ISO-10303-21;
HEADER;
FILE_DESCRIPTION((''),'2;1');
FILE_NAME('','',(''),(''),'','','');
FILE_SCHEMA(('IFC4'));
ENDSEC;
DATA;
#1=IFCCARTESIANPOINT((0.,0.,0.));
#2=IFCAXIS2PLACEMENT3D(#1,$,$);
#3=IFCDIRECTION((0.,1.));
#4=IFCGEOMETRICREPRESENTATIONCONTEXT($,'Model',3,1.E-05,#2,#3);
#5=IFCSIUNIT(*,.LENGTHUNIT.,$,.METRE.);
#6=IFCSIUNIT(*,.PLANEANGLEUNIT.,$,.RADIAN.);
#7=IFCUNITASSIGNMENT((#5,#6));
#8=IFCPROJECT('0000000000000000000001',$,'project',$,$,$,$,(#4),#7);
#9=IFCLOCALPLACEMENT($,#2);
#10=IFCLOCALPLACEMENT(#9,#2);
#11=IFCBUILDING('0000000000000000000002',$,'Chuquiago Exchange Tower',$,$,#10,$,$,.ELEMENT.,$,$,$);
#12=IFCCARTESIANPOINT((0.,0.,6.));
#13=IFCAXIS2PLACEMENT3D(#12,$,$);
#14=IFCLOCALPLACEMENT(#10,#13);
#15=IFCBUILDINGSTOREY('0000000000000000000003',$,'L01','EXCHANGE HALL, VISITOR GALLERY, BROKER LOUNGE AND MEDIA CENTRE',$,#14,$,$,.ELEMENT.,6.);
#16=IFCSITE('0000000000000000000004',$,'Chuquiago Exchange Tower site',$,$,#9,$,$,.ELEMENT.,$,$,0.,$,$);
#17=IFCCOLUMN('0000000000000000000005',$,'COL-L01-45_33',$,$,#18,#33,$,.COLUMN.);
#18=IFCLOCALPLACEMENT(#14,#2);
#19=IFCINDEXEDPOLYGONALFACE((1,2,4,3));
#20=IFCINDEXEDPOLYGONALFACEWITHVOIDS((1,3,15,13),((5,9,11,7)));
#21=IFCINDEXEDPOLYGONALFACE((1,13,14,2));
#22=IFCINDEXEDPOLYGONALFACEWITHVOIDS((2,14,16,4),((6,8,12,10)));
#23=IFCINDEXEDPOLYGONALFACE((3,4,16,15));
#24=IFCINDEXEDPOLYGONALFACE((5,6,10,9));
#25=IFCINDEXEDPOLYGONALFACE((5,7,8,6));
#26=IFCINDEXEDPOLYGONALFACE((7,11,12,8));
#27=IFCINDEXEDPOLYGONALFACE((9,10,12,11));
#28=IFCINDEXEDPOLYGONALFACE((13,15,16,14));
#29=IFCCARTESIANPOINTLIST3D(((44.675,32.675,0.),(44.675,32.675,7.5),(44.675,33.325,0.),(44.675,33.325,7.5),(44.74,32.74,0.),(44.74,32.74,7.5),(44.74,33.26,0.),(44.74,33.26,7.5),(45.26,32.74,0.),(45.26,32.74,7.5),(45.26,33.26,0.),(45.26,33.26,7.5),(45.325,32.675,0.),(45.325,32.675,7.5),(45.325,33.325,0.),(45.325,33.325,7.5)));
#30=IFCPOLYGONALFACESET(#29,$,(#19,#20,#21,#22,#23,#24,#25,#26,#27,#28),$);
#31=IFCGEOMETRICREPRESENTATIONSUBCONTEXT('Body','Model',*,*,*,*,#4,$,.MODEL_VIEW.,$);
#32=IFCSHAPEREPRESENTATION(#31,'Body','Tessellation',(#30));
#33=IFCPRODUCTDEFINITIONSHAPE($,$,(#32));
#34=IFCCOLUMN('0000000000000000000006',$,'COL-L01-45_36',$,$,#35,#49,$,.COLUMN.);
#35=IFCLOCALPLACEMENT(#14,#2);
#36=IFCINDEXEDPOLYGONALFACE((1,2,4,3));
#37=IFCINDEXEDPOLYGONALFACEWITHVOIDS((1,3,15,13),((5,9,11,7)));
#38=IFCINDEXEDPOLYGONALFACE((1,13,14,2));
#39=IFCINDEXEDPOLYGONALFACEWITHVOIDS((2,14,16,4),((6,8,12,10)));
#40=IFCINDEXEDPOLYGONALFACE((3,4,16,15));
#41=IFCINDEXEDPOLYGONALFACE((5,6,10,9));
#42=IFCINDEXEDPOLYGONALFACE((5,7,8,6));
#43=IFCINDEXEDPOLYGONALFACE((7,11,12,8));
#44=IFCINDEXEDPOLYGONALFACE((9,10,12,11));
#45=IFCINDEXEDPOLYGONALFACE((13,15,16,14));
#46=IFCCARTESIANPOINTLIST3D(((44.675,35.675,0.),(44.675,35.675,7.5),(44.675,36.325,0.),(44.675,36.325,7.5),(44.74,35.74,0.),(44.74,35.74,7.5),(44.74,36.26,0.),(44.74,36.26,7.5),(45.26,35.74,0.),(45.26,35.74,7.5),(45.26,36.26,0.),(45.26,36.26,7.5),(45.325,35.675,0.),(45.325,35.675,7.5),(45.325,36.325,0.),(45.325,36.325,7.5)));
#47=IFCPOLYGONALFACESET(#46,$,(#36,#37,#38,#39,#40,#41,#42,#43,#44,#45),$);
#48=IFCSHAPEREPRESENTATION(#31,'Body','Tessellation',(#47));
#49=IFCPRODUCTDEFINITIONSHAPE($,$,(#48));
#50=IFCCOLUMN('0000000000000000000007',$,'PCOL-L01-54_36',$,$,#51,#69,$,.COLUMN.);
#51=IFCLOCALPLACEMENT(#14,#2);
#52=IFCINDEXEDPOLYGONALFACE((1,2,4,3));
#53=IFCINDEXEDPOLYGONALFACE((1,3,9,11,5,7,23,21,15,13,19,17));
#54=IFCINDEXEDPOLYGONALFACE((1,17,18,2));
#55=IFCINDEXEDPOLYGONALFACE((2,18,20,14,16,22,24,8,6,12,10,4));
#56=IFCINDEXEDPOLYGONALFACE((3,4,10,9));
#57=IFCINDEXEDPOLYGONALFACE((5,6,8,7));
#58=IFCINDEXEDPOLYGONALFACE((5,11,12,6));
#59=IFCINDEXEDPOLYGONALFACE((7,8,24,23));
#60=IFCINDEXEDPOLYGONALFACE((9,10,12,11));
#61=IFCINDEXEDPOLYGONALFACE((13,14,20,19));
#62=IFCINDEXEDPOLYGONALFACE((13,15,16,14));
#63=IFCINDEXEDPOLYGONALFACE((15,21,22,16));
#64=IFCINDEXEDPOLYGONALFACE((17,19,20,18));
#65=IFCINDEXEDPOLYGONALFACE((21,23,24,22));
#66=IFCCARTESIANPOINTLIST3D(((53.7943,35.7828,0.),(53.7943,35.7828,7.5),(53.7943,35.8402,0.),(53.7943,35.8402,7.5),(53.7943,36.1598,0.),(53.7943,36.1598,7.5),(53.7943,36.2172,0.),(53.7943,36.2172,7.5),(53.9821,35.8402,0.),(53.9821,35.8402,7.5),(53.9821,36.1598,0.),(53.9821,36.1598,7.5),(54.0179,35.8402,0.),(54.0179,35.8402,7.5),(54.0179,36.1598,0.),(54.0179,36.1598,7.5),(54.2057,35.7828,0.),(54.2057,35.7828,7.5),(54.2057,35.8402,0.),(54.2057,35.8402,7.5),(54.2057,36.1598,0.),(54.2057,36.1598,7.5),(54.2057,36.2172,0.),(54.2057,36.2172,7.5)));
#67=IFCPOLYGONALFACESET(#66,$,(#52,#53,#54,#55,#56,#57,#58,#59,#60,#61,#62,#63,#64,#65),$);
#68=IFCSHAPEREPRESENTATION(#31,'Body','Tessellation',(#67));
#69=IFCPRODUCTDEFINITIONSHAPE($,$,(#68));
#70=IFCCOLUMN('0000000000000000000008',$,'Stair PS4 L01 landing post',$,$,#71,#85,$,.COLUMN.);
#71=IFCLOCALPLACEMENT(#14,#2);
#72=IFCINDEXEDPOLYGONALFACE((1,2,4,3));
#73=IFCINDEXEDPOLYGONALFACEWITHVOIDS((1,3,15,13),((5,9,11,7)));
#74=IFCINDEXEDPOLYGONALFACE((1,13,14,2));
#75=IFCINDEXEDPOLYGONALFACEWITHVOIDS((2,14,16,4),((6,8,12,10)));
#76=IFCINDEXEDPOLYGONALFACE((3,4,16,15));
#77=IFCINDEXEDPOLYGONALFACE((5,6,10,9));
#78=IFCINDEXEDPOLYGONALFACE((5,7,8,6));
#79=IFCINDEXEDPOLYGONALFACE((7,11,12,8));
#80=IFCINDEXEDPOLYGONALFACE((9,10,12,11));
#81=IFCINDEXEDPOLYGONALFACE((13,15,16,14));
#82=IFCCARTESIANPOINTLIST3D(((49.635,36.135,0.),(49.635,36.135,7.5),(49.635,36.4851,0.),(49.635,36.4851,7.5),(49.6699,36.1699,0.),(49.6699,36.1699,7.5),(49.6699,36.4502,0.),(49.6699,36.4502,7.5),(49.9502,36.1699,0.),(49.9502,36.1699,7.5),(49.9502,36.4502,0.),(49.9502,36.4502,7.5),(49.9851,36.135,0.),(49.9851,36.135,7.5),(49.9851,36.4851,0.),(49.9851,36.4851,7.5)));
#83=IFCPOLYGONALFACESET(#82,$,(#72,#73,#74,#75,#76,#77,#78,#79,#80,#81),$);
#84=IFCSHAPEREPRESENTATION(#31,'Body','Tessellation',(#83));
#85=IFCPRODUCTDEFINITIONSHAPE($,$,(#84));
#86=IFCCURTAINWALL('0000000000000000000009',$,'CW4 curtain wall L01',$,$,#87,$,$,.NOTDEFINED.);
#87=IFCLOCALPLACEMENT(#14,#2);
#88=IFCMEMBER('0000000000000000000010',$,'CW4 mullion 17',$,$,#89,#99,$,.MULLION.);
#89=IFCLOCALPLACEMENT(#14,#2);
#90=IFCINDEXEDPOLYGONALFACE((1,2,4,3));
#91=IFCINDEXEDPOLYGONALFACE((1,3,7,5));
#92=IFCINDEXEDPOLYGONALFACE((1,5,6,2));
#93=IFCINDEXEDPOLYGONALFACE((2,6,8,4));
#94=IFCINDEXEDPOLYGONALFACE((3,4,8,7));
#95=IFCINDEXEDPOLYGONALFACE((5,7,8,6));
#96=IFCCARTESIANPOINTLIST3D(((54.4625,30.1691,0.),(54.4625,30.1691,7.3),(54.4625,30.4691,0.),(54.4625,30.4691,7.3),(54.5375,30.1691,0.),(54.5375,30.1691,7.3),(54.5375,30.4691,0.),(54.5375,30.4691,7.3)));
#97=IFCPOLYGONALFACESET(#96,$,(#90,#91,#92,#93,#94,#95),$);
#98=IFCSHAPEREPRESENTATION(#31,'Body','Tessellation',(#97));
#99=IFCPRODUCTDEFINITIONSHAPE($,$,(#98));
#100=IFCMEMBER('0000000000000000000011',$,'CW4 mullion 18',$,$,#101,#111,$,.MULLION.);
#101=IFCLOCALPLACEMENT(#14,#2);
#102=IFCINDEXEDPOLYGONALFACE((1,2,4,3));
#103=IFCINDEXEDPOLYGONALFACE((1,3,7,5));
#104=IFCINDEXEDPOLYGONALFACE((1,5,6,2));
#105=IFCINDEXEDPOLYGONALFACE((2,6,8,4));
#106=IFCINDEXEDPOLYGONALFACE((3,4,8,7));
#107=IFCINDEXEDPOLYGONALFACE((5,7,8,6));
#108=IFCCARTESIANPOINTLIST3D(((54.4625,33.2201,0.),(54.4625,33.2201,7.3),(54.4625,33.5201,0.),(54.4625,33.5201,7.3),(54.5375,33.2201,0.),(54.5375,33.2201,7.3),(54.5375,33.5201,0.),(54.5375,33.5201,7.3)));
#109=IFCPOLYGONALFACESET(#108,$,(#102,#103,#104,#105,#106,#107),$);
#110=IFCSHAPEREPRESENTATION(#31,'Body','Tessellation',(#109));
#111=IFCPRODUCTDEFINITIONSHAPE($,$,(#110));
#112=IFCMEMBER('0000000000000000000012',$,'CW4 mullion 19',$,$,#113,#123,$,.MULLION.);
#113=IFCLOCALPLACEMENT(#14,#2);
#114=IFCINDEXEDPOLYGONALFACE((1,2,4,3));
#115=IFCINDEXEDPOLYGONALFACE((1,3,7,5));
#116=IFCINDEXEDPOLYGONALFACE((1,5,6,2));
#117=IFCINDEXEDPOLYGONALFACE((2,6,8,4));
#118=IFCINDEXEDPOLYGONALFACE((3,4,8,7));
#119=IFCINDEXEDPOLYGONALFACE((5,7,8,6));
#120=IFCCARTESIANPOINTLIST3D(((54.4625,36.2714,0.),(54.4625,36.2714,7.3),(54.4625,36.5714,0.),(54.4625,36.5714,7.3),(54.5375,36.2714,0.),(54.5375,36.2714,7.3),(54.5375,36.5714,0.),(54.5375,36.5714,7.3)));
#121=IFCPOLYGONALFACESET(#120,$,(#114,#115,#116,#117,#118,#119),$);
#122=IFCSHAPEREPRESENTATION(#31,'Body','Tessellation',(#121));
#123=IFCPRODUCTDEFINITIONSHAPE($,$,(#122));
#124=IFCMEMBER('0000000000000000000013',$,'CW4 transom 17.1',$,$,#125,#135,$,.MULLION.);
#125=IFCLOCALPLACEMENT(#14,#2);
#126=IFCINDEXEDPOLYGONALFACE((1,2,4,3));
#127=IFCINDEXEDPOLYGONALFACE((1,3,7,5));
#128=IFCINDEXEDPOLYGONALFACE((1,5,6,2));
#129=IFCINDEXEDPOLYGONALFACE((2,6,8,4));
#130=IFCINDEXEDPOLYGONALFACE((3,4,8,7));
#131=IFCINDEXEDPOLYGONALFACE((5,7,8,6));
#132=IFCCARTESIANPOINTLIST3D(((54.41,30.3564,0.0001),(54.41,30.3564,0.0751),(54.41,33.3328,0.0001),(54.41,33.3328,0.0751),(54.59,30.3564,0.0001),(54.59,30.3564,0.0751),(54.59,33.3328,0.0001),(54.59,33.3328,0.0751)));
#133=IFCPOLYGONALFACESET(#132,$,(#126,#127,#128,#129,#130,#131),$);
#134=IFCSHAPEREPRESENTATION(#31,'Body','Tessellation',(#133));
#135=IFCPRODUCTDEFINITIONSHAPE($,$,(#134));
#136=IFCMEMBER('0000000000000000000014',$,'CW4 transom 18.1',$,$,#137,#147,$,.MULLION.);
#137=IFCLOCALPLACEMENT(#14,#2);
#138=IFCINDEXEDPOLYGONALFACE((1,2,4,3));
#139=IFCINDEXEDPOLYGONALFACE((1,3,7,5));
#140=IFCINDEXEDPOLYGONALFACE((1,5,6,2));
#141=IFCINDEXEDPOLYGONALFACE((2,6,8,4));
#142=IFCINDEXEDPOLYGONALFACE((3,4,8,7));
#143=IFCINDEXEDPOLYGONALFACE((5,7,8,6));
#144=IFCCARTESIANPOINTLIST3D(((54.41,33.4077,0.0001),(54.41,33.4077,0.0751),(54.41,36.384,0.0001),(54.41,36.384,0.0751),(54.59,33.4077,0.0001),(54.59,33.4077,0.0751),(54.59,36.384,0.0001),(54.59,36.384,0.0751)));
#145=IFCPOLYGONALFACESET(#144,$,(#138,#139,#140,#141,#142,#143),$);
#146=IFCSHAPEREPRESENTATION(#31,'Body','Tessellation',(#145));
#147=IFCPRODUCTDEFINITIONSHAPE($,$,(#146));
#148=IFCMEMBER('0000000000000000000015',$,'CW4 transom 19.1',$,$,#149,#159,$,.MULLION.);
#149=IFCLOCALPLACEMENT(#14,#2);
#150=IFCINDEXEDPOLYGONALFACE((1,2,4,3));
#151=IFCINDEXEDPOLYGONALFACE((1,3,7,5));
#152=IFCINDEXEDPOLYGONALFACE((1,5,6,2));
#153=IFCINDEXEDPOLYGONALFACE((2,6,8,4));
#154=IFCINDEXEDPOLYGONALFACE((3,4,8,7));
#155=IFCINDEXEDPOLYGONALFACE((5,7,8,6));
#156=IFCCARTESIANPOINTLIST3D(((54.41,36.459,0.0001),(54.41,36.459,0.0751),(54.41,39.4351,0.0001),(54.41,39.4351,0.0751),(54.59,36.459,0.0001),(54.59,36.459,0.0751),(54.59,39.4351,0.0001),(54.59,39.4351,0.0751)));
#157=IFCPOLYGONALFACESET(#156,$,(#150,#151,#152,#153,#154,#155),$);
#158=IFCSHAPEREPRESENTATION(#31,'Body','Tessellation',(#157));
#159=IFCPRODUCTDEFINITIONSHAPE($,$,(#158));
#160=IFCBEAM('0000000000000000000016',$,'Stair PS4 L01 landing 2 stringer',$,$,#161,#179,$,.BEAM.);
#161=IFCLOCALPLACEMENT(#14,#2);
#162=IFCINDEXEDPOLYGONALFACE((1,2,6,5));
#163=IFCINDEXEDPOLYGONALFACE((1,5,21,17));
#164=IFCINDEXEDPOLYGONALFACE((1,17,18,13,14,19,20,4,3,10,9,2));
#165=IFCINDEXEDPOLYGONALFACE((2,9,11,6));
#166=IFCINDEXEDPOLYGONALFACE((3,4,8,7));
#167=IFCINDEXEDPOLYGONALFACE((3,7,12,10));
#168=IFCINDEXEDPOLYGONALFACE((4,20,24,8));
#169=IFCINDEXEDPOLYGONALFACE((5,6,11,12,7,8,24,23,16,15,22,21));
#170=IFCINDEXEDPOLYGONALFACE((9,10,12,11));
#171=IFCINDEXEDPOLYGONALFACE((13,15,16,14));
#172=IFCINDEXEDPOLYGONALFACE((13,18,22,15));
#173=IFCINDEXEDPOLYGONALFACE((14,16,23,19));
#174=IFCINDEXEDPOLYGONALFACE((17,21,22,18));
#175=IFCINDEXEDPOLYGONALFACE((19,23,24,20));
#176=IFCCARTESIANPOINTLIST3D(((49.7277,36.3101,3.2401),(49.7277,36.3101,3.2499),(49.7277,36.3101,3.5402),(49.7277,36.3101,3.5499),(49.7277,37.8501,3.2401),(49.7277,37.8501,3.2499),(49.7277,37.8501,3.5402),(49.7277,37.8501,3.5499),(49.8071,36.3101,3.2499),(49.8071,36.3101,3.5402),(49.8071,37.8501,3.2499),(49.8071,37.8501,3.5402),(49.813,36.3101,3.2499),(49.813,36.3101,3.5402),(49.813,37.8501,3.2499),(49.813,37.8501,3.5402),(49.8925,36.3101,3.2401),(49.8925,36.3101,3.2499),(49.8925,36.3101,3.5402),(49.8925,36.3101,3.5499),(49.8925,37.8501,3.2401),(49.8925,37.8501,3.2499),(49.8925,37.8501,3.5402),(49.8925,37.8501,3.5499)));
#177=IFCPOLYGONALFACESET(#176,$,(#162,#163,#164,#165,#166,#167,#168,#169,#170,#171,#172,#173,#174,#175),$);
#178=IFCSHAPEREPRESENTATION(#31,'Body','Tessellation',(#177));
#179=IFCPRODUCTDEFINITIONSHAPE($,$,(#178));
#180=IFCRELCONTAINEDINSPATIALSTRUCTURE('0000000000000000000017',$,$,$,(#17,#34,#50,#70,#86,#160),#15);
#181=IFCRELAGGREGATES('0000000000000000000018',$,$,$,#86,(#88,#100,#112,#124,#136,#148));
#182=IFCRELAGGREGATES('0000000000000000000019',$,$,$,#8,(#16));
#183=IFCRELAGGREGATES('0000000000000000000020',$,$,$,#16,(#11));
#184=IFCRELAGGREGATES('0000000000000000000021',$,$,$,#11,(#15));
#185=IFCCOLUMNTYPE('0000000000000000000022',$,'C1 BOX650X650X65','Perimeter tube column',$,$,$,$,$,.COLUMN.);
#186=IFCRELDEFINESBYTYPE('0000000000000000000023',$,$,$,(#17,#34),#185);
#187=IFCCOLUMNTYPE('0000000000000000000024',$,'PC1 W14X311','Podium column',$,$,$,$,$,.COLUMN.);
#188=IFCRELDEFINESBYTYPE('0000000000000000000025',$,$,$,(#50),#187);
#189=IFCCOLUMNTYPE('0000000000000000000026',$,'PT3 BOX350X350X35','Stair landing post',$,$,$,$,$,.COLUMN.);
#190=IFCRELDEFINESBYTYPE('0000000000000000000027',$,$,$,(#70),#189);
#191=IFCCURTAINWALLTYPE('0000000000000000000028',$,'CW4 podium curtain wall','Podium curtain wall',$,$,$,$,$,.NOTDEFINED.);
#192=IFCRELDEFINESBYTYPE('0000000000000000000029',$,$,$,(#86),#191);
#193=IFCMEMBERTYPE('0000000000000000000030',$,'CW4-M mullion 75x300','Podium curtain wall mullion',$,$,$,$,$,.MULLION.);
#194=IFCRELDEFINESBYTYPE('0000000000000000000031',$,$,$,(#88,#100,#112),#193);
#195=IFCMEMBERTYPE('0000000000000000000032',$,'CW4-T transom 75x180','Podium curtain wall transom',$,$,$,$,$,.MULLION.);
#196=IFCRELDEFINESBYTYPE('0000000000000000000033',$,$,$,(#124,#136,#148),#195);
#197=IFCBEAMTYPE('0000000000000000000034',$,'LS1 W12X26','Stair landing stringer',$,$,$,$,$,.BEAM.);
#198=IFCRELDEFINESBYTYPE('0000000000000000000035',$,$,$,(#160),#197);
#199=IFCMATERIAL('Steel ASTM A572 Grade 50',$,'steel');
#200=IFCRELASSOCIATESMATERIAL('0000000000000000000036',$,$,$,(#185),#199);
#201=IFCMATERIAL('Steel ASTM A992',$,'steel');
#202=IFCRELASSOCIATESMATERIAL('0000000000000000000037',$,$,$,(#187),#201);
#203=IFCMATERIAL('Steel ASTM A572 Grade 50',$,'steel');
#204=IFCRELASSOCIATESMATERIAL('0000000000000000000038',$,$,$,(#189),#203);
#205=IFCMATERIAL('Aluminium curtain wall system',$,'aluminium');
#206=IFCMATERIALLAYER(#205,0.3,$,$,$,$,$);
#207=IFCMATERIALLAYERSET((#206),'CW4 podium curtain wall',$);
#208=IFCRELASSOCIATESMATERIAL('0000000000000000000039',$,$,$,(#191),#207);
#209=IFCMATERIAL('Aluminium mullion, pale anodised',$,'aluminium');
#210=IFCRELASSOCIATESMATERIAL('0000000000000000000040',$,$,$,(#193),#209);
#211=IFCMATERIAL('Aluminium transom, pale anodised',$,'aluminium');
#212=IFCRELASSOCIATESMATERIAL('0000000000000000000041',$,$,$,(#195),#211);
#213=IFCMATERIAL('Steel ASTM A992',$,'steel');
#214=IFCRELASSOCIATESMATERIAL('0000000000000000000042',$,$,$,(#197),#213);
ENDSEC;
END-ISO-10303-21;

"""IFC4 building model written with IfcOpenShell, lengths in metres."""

from ifc_helpers import new_model, si_unit, direction, frame, origin, origin_2d, place, context, subcontext, project, spatial, rectangle, hollow_rectangle, i_section, extrude, material, layer, layer_set, material_profile, profile_set, type_object, element, aggregate, save


model = new_model("IFC4")

# Units and contexts
model_context = context("Model", 3, precision=1e-05, world=origin(), true_north=direction((0.0, 1.0)))
body_context = subcontext(model_context, "Body", "Model", "MODEL_VIEW")
ifc_project = project(units=[si_unit("LENGTHUNIT", "METRE"), si_unit("PLANEANGLEUNIT", "RADIAN")], contexts=[model_context])

# Site, building, storey
site_placement = place(None, origin())
site = spatial("IfcSite", under=ifc_project, at=site_placement, Name="Chuquiago Exchange Tower site", CompositionType="ELEMENT", RefElevation=0.0)
building_placement = place(site_placement, origin())
building = spatial("IfcBuilding", under=site, at=building_placement, Name="Chuquiago Exchange Tower", CompositionType="ELEMENT")
storey_placement = place(building_placement, frame((0.0, 0.0, 6.0)))
storey = spatial("IfcBuildingStorey", under=building, at=storey_placement, Name="L01", Description="EXCHANGE HALL, VISITOR GALLERY, BROKER LOUNGE AND MEDIA CENTRE", CompositionType="ELEMENT", Elevation=6.0)

# Columns
ifc_material_1 = material(Name="Steel ASTM A572 Grade 50", Category="steel")
ifc_material_profile_1 = material_profile(ifc_material_1, hollow_rectangle(XDim=0.6499, YDim=0.6499, WallThickness=0.0649, at=origin_2d()), Name="BOX650X650X65")
ifc_profile_set_1 = profile_set([ifc_material_profile_1], Name="Steel ASTM A572 Grade 50")
column_type_1 = type_object("IfcColumnType", Name="C1 BOX650X650X65", Description="Perimeter tube column", PredefinedType="COLUMN", material=ifc_profile_set_1)
for number, where, z_axis, x_axis, name in (
    (1, (45.0, 33.0, 0.0), (0.0, 0.0, 1.0), (1.0, 0.0, 0.0), "COL-L01-45_33"),
    (2, (45.0, 36.0, 0.0), (0.0, 0.0, 1.0), (1.0, 0.0, 0.0), "COL-L01-45_36"),
):
    element("IfcColumn", number, at=place(storey_placement, frame(where, z_axis=z_axis, x_axis=x_axis)), inside=storey, type_object=column_type_1, Name=name, PredefinedType="COLUMN", context=body_context, shape_type="SweptSolid", body=[
        extrude(hollow_rectangle(XDim=0.6499, YDim=0.6499, WallThickness=0.0649, at=origin_2d()), origin(), (0.0, 0.0, 1.0), 7.5),
    ])
ifc_material_2 = material(Name="Steel ASTM A992", Category="steel")
ifc_material_profile_2 = material_profile(ifc_material_2, i_section(OverallWidth=0.4114, OverallDepth=0.4343, WebThickness=0.0359, FlangeThickness=0.0574, at=origin_2d()), Name="W14X311")
ifc_profile_set_2 = profile_set([ifc_material_profile_2], Name="Steel ASTM A992")
column_type_2 = type_object("IfcColumnType", Name="PC1 W14X311", Description="Podium column", PredefinedType="COLUMN", material=ifc_profile_set_2)
column_1_placement = place(storey_placement, frame((54.0, 36.0, 0.0), z_axis=(0.0, 0.0, 1.0), x_axis=(1.0, 0.0, 0.0)))
element("IfcColumn", 3, at=column_1_placement, inside=storey, type_object=column_type_2, Name="PCOL-L01-54_36", PredefinedType="COLUMN", context=body_context, shape_type="SweptSolid", body=[
    extrude(i_section(OverallWidth=0.4114, OverallDepth=0.4343, WebThickness=0.0359, FlangeThickness=0.0574, at=origin_2d()), origin(), (0.0, 0.0, 1.0), 7.5),
])
ifc_material_3 = material(Name="Steel ASTM A572 Grade 50", Category="steel")
ifc_material_profile_3 = material_profile(ifc_material_3, hollow_rectangle(XDim=0.3501, YDim=0.3501, WallThickness=0.0349, at=origin_2d()), Name="BOX350X350X35")
ifc_profile_set_3 = profile_set([ifc_material_profile_3], Name="Steel ASTM A572 Grade 50")
column_type_3 = type_object("IfcColumnType", Name="PT3 BOX350X350X35", Description="Stair landing post", PredefinedType="COLUMN", material=ifc_profile_set_3)
column_2_placement = place(storey_placement, frame((49.8101, 36.3101, 0.0), z_axis=(0.0, 0.0, 1.0), x_axis=(1.0, 0.0, 0.0)))
element("IfcColumn", 4, at=column_2_placement, inside=storey, type_object=column_type_3, Name="Stair PS4 L01 landing post", PredefinedType="COLUMN", context=body_context, shape_type="SweptSolid", body=[
    extrude(hollow_rectangle(XDim=0.3501, YDim=0.3501, WallThickness=0.0349, at=origin_2d()), origin(), (0.0, 0.0, 1.0), 7.5),
])

# Curtain wall, members
ifc_material_4 = material(Name="Aluminium curtain wall system", Category="aluminium")
ifc_layer_1 = layer(ifc_material_4, 0.3)
ifc_layer_set_1 = layer_set([ifc_layer_1], Name="CW4 podium curtain wall")
curtain_wall_type = type_object("IfcCurtainWallType", Name="CW4 podium curtain wall", Description="Podium curtain wall", PredefinedType="NOTDEFINED", material=ifc_layer_set_1)
curtain_wall_placement = place(storey_placement, origin())
curtain_wall = element("IfcCurtainWall", 5, at=curtain_wall_placement, inside=storey, type_object=curtain_wall_type, Name="CW4 curtain wall L01", PredefinedType="NOTDEFINED")
ifc_material_5 = material(Name="Aluminium mullion, pale anodised", Category="aluminium")
ifc_material_profile_4 = material_profile(ifc_material_5, rectangle(XDim=0.075, YDim=0.3, at=origin_2d()), Name="AL 75x300")
ifc_profile_set_4 = profile_set([ifc_material_profile_4], Name="Aluminium mullion, pale anodised")
member_type_1 = type_object("IfcMemberType", Name="CW4-M mullion 75x300", Description="Podium curtain wall mullion", PredefinedType="MULLION", material=ifc_profile_set_4)
member_1_placement = place(storey_placement, frame((54.5, 30.3191, 0.0), z_axis=(0.0, 0.0, 1.0), x_axis=(-1.0, 0.0, 0.0)))
member_1 = element("IfcMember", 6, at=member_1_placement, type_object=member_type_1, Name="CW4 mullion 17", PredefinedType="MULLION", context=body_context, shape_type="SweptSolid", body=[
    extrude(rectangle(XDim=0.075, YDim=0.3, at=origin_2d()), origin(), (0.0, 0.0, 1.0), 7.3),
])
member_2_placement = place(storey_placement, frame((54.5, 33.3701, 0.0), z_axis=(0.0, 0.0, 1.0), x_axis=(-1.0, 0.0, 0.0)))
member_2 = element("IfcMember", 7, at=member_2_placement, type_object=member_type_1, Name="CW4 mullion 18", PredefinedType="MULLION", context=body_context, shape_type="SweptSolid", body=[
    extrude(rectangle(XDim=0.075, YDim=0.3, at=origin_2d()), origin(), (0.0, 0.0, 1.0), 7.3),
])
member_3_placement = place(storey_placement, frame((54.5, 36.4214, 0.0), z_axis=(0.0, 0.0, 1.0), x_axis=(-1.0, 0.0, 0.0)))
member_3 = element("IfcMember", 8, at=member_3_placement, type_object=member_type_1, Name="CW4 mullion 19", PredefinedType="MULLION", context=body_context, shape_type="SweptSolid", body=[
    extrude(rectangle(XDim=0.075, YDim=0.3, at=origin_2d()), origin(), (0.0, 0.0, 1.0), 7.3),
])
ifc_material_6 = material(Name="Aluminium transom, pale anodised", Category="aluminium")
ifc_material_profile_5 = material_profile(ifc_material_6, rectangle(XDim=0.1799, YDim=0.075, at=origin_2d()), Name="AL 180x75")
ifc_profile_set_5 = profile_set([ifc_material_profile_5], Name="Aluminium transom, pale anodised")
member_type_2 = type_object("IfcMemberType", Name="CW4-T transom 75x180", Description="Podium curtain wall transom", PredefinedType="MULLION", material=ifc_profile_set_5)
member_4_placement = place(storey_placement, frame((54.5, 30.3564, 0.0376), z_axis=(0.0, 1.0, 0.0), x_axis=(-1.0, 0.0, 0.0)))
member_4 = element("IfcMember", 9, at=member_4_placement, type_object=member_type_2, Name="CW4 transom 17.1", PredefinedType="MULLION", context=body_context, shape_type="SweptSolid", body=[
    extrude(rectangle(XDim=0.1799, YDim=0.075, at=origin_2d()), origin(), (0.0, 0.0, 1.0), 2.9763),
])
member_5_placement = place(storey_placement, frame((54.5, 33.4077, 0.0376), z_axis=(0.0, 1.0, 0.0), x_axis=(-1.0, 0.0, 0.0)))
member_5 = element("IfcMember", 10, at=member_5_placement, type_object=member_type_2, Name="CW4 transom 18.1", PredefinedType="MULLION", context=body_context, shape_type="SweptSolid", body=[
    extrude(rectangle(XDim=0.1799, YDim=0.075, at=origin_2d()), origin(), (0.0, 0.0, 1.0), 2.9763),
])
member_6_placement = place(storey_placement, frame((54.5, 36.459, 0.0376), z_axis=(0.0, 1.0, 0.0), x_axis=(-1.0, 0.0, 0.0)))
member_6 = element("IfcMember", 11, at=member_6_placement, type_object=member_type_2, Name="CW4 transom 19.1", PredefinedType="MULLION", context=body_context, shape_type="SweptSolid", body=[
    extrude(rectangle(XDim=0.1799, YDim=0.075, at=origin_2d()), origin(), (0.0, 0.0, 1.0), 2.9761),
])

# Beam
ifc_material_7 = material(Name="Steel ASTM A992", Category="steel")
ifc_material_profile_6 = material_profile(ifc_material_7, i_section(OverallWidth=0.1648, OverallDepth=0.3098, WebThickness=0.0059, FlangeThickness=0.0098, at=origin_2d()), Name="W12X26")
ifc_profile_set_6 = profile_set([ifc_material_profile_6], Name="Steel ASTM A992")
beam_type_1 = type_object("IfcBeamType", Name="LS1 W12X26", Description="Stair landing stringer", PredefinedType="BEAM", material=ifc_profile_set_6)
for number, where, z_axis, x_axis, name in (
    (12, (49.8101, 36.3101, 3.395), (0.0, 1.0, 0.0), (-1.0, 0.0, 0.0), "Stair PS4 L01 landing 2 stringer"),
):
    element("IfcBeam", number, at=place(storey_placement, frame(where, z_axis=z_axis, x_axis=x_axis)), inside=storey, type_object=beam_type_1, Name=name, PredefinedType="BEAM", context=body_context, shape_type="SweptSolid", body=[
        extrude(i_section(OverallWidth=0.1648, OverallDepth=0.3098, WebThickness=0.0059, FlangeThickness=0.0098, at=origin_2d()), origin(), (0.0, 0.0, 1.0), 1.54),
    ])

aggregate(curtain_wall, [member_1, member_2, member_3, member_4, member_5, member_6])

save(model, "model.ifc")
